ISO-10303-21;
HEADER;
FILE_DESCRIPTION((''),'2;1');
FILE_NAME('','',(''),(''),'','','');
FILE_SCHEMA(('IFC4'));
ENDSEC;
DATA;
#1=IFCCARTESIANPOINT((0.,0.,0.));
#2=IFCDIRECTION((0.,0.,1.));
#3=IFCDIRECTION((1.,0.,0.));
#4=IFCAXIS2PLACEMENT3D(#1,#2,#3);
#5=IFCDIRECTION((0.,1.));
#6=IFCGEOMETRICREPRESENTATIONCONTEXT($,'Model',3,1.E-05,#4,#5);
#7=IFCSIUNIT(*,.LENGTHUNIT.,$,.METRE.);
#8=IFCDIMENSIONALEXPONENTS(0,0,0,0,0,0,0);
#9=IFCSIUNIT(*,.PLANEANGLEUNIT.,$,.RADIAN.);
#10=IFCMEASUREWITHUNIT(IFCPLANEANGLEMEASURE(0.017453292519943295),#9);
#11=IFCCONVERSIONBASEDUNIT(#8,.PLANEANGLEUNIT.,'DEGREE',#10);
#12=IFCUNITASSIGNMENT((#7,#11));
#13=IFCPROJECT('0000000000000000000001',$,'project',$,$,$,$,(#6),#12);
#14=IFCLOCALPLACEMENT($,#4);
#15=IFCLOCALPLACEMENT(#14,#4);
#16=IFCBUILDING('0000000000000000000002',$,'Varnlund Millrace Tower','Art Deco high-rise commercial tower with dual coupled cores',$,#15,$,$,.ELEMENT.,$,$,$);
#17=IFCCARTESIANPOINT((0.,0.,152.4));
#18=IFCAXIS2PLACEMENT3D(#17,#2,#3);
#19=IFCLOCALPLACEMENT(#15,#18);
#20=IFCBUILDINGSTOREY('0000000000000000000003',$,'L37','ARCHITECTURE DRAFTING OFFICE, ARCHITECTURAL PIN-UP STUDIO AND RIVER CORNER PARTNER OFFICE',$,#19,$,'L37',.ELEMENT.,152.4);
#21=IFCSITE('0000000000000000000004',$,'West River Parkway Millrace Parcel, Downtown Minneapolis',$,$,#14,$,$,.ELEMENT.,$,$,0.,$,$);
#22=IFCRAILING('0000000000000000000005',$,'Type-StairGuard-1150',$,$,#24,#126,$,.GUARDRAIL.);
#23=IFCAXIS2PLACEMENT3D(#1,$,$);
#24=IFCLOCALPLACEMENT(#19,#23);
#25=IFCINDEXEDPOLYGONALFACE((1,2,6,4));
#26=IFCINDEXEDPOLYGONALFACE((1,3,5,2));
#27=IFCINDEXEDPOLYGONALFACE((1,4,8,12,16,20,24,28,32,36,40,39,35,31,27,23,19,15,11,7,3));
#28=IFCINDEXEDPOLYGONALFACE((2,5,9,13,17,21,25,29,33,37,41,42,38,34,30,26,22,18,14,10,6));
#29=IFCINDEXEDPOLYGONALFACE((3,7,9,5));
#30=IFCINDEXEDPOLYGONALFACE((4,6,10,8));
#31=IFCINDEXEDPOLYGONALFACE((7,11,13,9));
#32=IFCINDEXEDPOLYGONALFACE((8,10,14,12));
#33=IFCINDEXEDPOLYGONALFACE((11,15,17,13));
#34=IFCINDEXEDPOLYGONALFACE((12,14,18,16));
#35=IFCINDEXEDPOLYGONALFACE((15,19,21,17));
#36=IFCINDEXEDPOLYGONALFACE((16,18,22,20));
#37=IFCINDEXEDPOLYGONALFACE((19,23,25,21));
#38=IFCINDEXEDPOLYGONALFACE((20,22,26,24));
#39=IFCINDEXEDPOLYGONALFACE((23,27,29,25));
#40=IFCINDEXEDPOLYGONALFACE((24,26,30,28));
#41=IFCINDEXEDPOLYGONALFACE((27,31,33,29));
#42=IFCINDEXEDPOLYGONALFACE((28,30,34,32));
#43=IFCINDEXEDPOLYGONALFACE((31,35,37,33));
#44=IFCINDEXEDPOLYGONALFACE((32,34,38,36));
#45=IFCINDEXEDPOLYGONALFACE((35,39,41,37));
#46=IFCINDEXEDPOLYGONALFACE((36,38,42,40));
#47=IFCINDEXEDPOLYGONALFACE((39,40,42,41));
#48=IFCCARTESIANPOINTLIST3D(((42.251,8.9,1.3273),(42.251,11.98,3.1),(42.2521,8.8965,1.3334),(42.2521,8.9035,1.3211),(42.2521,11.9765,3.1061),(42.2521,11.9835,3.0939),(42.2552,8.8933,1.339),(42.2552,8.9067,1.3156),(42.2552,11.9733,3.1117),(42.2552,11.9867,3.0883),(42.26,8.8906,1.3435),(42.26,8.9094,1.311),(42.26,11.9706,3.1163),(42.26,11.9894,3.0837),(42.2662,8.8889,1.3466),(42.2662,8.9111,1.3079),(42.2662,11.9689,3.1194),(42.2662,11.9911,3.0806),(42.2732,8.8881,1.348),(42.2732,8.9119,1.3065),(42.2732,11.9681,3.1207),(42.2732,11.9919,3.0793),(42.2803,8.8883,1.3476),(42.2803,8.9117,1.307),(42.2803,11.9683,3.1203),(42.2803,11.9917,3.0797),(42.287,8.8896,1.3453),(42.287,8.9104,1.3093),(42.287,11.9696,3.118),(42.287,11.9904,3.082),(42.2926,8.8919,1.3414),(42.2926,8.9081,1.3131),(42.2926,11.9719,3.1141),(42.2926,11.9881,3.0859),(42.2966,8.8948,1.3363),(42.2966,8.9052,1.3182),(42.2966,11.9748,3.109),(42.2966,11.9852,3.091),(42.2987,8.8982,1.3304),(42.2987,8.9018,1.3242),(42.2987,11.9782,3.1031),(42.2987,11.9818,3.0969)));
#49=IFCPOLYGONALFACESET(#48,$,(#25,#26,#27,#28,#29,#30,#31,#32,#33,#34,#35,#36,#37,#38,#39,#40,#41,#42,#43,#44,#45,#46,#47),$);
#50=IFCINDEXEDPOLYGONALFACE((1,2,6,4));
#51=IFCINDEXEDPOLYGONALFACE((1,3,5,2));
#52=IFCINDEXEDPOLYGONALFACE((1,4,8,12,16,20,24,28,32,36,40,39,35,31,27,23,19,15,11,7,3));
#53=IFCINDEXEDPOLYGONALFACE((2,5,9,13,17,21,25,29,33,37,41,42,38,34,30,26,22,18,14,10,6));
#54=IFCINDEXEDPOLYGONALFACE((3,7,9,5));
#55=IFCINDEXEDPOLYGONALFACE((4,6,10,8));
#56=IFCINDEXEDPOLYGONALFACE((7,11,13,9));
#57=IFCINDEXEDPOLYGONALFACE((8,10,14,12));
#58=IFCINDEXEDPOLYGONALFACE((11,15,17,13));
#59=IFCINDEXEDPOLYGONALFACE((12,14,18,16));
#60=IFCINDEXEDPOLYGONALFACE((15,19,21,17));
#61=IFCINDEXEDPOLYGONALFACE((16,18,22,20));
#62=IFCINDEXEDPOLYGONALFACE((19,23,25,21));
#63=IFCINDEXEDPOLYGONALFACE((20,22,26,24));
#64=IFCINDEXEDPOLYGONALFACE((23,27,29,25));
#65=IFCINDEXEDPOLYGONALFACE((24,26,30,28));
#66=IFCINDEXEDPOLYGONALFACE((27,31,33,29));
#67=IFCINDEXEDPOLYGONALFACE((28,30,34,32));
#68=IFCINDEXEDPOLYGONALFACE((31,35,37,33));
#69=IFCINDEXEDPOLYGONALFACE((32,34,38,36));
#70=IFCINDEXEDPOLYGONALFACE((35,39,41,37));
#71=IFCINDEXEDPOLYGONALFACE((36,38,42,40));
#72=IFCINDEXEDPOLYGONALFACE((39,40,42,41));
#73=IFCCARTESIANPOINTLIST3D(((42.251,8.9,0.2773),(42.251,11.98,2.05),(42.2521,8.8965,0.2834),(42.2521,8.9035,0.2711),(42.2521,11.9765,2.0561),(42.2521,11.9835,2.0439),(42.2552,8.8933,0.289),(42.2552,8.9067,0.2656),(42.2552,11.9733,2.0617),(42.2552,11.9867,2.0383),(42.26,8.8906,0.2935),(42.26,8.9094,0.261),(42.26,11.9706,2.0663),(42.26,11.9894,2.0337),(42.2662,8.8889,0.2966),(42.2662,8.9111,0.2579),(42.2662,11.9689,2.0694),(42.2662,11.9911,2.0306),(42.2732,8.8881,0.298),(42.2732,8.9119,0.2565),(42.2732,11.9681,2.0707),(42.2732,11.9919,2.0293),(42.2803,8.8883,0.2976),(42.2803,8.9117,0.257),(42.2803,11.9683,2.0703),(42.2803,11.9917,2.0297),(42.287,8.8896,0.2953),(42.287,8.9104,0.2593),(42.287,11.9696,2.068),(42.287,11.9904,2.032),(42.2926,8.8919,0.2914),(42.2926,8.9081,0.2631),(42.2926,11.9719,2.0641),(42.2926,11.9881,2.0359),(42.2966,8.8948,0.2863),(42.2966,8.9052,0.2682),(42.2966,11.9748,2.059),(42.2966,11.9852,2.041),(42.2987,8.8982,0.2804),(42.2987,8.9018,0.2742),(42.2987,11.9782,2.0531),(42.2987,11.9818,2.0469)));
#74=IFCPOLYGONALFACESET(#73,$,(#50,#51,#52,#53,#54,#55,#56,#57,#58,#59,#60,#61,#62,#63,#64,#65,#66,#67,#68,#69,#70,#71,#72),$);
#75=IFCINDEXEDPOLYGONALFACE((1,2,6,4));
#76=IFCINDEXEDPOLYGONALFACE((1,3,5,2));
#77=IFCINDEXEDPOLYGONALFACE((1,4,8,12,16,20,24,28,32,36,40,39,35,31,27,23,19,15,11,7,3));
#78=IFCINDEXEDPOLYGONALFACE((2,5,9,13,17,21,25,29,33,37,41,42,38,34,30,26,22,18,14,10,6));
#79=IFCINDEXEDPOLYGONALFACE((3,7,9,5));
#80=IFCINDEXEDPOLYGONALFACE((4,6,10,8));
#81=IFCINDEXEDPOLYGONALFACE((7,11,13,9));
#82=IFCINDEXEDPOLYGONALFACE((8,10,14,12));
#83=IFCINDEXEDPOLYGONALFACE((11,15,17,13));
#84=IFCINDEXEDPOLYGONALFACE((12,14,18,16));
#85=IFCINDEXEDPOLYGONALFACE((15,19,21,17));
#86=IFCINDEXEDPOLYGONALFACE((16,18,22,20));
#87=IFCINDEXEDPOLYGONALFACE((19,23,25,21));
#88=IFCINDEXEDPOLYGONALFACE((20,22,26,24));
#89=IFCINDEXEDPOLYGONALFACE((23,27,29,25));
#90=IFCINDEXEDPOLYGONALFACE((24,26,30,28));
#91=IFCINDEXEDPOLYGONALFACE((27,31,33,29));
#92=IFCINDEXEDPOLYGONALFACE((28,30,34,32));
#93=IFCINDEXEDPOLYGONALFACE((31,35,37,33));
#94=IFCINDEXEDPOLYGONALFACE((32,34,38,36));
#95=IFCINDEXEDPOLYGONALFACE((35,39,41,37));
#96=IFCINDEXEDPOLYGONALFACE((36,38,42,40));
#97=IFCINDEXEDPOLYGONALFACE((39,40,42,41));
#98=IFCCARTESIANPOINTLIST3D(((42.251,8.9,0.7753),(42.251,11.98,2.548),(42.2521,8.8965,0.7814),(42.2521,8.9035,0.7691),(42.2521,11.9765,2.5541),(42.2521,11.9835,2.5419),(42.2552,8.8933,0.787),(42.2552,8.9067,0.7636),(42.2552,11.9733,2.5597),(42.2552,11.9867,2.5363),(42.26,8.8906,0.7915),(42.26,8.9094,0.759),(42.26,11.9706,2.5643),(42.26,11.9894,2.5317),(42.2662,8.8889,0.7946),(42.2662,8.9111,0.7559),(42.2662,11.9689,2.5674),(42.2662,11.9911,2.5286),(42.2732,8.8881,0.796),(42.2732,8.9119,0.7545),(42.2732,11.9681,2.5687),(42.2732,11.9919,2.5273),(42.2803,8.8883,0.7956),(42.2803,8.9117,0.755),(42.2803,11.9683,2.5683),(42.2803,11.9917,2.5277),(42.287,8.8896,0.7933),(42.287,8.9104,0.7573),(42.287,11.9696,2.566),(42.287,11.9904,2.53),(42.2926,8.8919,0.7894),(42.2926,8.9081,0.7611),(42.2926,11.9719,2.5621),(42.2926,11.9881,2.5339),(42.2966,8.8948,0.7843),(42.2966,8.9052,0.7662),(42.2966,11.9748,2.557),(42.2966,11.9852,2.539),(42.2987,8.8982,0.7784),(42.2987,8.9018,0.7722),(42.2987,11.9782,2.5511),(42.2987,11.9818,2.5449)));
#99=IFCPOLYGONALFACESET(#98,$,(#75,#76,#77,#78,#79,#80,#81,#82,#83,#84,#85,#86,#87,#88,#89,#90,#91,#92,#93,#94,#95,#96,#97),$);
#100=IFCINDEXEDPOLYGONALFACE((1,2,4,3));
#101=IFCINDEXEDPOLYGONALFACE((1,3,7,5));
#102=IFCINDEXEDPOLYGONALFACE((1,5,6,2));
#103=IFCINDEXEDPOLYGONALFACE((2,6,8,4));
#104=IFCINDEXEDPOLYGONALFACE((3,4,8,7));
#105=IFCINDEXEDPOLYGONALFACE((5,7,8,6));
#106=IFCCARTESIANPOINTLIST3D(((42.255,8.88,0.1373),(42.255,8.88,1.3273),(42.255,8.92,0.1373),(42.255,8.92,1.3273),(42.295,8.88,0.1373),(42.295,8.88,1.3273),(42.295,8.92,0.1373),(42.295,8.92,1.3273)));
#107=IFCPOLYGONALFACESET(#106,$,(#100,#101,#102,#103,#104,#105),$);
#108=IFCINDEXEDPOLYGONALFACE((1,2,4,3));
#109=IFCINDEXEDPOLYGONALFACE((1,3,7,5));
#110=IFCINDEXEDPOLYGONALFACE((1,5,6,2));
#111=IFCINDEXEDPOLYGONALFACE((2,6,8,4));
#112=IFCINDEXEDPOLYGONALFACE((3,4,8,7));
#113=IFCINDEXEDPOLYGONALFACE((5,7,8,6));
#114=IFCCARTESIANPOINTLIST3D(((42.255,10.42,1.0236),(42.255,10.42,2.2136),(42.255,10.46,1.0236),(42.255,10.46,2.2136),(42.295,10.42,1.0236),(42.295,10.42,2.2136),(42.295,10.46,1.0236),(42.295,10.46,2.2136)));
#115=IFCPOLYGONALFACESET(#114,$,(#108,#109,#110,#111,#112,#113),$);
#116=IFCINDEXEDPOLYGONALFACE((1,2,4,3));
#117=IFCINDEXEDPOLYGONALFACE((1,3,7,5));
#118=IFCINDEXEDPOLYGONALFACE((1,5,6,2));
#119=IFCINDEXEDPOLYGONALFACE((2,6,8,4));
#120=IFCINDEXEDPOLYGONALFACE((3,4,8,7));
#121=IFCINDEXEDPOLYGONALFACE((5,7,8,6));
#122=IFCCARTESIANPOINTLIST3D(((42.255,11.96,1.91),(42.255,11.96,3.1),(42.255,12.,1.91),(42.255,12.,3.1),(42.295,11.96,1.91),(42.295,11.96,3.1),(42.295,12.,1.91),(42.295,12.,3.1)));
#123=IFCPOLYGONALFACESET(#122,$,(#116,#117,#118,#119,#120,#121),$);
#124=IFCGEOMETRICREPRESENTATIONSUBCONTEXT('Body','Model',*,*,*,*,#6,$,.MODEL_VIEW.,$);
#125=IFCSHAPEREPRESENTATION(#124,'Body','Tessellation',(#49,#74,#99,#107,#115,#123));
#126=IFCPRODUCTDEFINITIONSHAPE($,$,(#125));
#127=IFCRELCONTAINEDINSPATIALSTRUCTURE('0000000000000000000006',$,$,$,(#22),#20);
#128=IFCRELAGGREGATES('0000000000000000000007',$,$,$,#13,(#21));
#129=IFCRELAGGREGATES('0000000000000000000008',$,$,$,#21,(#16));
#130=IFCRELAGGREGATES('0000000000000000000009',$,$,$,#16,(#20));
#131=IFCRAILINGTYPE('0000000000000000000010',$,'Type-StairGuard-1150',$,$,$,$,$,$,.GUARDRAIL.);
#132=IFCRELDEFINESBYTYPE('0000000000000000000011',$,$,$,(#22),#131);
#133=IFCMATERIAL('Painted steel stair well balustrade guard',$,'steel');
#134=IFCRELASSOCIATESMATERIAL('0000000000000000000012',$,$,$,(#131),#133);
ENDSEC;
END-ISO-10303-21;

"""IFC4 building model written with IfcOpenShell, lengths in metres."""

from ifc_helpers import new_model, entity, si_unit, converted_unit, direction, frame, origin_with_axes, origin_2d_with_axis, place, context, subcontext, project, spatial, rectangle, circle, extrude, material, type_object, element, save


model = new_model("IFC4")

# Units and contexts
model_context = context("Model", 3, precision=1e-05, world=origin_with_axes(), true_north=direction((0.0, 1.0)))
body_context = subcontext(model_context, "Body", "Model", "MODEL_VIEW")
ifc_project = project(units=[si_unit("LENGTHUNIT", "METRE"), converted_unit("PLANEANGLEUNIT", "DEGREE", entity("IfcPlaneAngleMeasure", 0.017453292519943295), si_unit("PLANEANGLEUNIT", "RADIAN"), dimensions=[0, 0, 0, 0, 0, 0, 0])], contexts=[model_context])

# Site, building, storey
site_placement = place(None, origin_with_axes())
site = spatial("IfcSite", under=ifc_project, at=site_placement, Name="West River Parkway Millrace Parcel, Downtown Minneapolis", CompositionType="ELEMENT", RefElevation=0.0)
building_placement = place(site_placement, origin_with_axes())
building = spatial("IfcBuilding", under=site, at=building_placement, Name="Varnlund Millrace Tower", Description="Art Deco high-rise commercial tower with dual coupled cores", CompositionType="ELEMENT")
storey_placement = place(building_placement, frame((0.0, 0.0, 152.4), z_axis=(0.0, 0.0, 1.0), x_axis=(1.0, 0.0, 0.0)))
storey = spatial("IfcBuildingStorey", under=building, at=storey_placement, Name="L37", Description="ARCHITECTURE DRAFTING OFFICE, ARCHITECTURAL PIN-UP STUDIO AND RIVER CORNER PARTNER OFFICE", LongName="L37", CompositionType="ELEMENT", Elevation=152.4)

# Railing
ifc_material_1 = material(Name="Painted steel stair well balustrade guard", Category="steel")
railing_type_1 = type_object("IfcRailingType", Name="Type-StairGuard-1150", PredefinedType="GUARDRAIL", material=ifc_material_1)
railing_1_placement = place(storey_placement, frame((0.0, 0.0, -152.4), z_axis=(0.0, 0.0, 1.0), x_axis=(1.0, 0.0, 0.0)))
element("IfcRailing", 1, at=railing_1_placement, inside=storey, type_object=railing_type_1, Name="Type-StairGuard-1150", PredefinedType="GUARDRAIL", context=body_context, shape_type="SweptSolid", body=[
    extrude(circle(Radius=0.024, at=origin_2d_with_axis()), frame((42.275, 8.9, 153.7273), z_axis=(0.0, 0.866696, 0.498836), x_axis=(-1.0, 0.0, 0.0)), (0.0, 0.0, 1.0), 3.5537),
    extrude(circle(Radius=0.024, at=origin_2d_with_axis()), frame((42.275, 8.9, 152.6773), z_axis=(0.0, 0.866696, 0.498836), x_axis=(-1.0, 0.0, 0.0)), (0.0, 0.0, 1.0), 3.5537),
    extrude(circle(Radius=0.024, at=origin_2d_with_axis()), frame((42.275, 8.9, 153.1753), z_axis=(0.0, 0.866696, 0.498836), x_axis=(-1.0, 0.0, 0.0)), (0.0, 0.0, 1.0), 3.5537),
    extrude(rectangle(XDim=0.04, YDim=0.04, at=origin_2d_with_axis()), frame((42.275, 8.9, 152.5373), z_axis=(0.0, 0.0, 1.0), x_axis=(1.0, 0.0, 0.0)), (0.0, 0.0, 1.0), 1.19),
    extrude(rectangle(XDim=0.04, YDim=0.04, at=origin_2d_with_axis()), frame((42.275, 10.44, 153.4236), z_axis=(0.0, 0.0, 1.0), x_axis=(1.0, 0.0, 0.0)), (0.0, 0.0, 1.0), 1.19),
    extrude(rectangle(XDim=0.04, YDim=0.04, at=origin_2d_with_axis()), frame((42.275, 11.98, 154.31), z_axis=(0.0, 0.0, 1.0), x_axis=(1.0, 0.0, 0.0)), (0.0, 0.0, 1.0), 1.19),
])

save(model, "model.ifc")
